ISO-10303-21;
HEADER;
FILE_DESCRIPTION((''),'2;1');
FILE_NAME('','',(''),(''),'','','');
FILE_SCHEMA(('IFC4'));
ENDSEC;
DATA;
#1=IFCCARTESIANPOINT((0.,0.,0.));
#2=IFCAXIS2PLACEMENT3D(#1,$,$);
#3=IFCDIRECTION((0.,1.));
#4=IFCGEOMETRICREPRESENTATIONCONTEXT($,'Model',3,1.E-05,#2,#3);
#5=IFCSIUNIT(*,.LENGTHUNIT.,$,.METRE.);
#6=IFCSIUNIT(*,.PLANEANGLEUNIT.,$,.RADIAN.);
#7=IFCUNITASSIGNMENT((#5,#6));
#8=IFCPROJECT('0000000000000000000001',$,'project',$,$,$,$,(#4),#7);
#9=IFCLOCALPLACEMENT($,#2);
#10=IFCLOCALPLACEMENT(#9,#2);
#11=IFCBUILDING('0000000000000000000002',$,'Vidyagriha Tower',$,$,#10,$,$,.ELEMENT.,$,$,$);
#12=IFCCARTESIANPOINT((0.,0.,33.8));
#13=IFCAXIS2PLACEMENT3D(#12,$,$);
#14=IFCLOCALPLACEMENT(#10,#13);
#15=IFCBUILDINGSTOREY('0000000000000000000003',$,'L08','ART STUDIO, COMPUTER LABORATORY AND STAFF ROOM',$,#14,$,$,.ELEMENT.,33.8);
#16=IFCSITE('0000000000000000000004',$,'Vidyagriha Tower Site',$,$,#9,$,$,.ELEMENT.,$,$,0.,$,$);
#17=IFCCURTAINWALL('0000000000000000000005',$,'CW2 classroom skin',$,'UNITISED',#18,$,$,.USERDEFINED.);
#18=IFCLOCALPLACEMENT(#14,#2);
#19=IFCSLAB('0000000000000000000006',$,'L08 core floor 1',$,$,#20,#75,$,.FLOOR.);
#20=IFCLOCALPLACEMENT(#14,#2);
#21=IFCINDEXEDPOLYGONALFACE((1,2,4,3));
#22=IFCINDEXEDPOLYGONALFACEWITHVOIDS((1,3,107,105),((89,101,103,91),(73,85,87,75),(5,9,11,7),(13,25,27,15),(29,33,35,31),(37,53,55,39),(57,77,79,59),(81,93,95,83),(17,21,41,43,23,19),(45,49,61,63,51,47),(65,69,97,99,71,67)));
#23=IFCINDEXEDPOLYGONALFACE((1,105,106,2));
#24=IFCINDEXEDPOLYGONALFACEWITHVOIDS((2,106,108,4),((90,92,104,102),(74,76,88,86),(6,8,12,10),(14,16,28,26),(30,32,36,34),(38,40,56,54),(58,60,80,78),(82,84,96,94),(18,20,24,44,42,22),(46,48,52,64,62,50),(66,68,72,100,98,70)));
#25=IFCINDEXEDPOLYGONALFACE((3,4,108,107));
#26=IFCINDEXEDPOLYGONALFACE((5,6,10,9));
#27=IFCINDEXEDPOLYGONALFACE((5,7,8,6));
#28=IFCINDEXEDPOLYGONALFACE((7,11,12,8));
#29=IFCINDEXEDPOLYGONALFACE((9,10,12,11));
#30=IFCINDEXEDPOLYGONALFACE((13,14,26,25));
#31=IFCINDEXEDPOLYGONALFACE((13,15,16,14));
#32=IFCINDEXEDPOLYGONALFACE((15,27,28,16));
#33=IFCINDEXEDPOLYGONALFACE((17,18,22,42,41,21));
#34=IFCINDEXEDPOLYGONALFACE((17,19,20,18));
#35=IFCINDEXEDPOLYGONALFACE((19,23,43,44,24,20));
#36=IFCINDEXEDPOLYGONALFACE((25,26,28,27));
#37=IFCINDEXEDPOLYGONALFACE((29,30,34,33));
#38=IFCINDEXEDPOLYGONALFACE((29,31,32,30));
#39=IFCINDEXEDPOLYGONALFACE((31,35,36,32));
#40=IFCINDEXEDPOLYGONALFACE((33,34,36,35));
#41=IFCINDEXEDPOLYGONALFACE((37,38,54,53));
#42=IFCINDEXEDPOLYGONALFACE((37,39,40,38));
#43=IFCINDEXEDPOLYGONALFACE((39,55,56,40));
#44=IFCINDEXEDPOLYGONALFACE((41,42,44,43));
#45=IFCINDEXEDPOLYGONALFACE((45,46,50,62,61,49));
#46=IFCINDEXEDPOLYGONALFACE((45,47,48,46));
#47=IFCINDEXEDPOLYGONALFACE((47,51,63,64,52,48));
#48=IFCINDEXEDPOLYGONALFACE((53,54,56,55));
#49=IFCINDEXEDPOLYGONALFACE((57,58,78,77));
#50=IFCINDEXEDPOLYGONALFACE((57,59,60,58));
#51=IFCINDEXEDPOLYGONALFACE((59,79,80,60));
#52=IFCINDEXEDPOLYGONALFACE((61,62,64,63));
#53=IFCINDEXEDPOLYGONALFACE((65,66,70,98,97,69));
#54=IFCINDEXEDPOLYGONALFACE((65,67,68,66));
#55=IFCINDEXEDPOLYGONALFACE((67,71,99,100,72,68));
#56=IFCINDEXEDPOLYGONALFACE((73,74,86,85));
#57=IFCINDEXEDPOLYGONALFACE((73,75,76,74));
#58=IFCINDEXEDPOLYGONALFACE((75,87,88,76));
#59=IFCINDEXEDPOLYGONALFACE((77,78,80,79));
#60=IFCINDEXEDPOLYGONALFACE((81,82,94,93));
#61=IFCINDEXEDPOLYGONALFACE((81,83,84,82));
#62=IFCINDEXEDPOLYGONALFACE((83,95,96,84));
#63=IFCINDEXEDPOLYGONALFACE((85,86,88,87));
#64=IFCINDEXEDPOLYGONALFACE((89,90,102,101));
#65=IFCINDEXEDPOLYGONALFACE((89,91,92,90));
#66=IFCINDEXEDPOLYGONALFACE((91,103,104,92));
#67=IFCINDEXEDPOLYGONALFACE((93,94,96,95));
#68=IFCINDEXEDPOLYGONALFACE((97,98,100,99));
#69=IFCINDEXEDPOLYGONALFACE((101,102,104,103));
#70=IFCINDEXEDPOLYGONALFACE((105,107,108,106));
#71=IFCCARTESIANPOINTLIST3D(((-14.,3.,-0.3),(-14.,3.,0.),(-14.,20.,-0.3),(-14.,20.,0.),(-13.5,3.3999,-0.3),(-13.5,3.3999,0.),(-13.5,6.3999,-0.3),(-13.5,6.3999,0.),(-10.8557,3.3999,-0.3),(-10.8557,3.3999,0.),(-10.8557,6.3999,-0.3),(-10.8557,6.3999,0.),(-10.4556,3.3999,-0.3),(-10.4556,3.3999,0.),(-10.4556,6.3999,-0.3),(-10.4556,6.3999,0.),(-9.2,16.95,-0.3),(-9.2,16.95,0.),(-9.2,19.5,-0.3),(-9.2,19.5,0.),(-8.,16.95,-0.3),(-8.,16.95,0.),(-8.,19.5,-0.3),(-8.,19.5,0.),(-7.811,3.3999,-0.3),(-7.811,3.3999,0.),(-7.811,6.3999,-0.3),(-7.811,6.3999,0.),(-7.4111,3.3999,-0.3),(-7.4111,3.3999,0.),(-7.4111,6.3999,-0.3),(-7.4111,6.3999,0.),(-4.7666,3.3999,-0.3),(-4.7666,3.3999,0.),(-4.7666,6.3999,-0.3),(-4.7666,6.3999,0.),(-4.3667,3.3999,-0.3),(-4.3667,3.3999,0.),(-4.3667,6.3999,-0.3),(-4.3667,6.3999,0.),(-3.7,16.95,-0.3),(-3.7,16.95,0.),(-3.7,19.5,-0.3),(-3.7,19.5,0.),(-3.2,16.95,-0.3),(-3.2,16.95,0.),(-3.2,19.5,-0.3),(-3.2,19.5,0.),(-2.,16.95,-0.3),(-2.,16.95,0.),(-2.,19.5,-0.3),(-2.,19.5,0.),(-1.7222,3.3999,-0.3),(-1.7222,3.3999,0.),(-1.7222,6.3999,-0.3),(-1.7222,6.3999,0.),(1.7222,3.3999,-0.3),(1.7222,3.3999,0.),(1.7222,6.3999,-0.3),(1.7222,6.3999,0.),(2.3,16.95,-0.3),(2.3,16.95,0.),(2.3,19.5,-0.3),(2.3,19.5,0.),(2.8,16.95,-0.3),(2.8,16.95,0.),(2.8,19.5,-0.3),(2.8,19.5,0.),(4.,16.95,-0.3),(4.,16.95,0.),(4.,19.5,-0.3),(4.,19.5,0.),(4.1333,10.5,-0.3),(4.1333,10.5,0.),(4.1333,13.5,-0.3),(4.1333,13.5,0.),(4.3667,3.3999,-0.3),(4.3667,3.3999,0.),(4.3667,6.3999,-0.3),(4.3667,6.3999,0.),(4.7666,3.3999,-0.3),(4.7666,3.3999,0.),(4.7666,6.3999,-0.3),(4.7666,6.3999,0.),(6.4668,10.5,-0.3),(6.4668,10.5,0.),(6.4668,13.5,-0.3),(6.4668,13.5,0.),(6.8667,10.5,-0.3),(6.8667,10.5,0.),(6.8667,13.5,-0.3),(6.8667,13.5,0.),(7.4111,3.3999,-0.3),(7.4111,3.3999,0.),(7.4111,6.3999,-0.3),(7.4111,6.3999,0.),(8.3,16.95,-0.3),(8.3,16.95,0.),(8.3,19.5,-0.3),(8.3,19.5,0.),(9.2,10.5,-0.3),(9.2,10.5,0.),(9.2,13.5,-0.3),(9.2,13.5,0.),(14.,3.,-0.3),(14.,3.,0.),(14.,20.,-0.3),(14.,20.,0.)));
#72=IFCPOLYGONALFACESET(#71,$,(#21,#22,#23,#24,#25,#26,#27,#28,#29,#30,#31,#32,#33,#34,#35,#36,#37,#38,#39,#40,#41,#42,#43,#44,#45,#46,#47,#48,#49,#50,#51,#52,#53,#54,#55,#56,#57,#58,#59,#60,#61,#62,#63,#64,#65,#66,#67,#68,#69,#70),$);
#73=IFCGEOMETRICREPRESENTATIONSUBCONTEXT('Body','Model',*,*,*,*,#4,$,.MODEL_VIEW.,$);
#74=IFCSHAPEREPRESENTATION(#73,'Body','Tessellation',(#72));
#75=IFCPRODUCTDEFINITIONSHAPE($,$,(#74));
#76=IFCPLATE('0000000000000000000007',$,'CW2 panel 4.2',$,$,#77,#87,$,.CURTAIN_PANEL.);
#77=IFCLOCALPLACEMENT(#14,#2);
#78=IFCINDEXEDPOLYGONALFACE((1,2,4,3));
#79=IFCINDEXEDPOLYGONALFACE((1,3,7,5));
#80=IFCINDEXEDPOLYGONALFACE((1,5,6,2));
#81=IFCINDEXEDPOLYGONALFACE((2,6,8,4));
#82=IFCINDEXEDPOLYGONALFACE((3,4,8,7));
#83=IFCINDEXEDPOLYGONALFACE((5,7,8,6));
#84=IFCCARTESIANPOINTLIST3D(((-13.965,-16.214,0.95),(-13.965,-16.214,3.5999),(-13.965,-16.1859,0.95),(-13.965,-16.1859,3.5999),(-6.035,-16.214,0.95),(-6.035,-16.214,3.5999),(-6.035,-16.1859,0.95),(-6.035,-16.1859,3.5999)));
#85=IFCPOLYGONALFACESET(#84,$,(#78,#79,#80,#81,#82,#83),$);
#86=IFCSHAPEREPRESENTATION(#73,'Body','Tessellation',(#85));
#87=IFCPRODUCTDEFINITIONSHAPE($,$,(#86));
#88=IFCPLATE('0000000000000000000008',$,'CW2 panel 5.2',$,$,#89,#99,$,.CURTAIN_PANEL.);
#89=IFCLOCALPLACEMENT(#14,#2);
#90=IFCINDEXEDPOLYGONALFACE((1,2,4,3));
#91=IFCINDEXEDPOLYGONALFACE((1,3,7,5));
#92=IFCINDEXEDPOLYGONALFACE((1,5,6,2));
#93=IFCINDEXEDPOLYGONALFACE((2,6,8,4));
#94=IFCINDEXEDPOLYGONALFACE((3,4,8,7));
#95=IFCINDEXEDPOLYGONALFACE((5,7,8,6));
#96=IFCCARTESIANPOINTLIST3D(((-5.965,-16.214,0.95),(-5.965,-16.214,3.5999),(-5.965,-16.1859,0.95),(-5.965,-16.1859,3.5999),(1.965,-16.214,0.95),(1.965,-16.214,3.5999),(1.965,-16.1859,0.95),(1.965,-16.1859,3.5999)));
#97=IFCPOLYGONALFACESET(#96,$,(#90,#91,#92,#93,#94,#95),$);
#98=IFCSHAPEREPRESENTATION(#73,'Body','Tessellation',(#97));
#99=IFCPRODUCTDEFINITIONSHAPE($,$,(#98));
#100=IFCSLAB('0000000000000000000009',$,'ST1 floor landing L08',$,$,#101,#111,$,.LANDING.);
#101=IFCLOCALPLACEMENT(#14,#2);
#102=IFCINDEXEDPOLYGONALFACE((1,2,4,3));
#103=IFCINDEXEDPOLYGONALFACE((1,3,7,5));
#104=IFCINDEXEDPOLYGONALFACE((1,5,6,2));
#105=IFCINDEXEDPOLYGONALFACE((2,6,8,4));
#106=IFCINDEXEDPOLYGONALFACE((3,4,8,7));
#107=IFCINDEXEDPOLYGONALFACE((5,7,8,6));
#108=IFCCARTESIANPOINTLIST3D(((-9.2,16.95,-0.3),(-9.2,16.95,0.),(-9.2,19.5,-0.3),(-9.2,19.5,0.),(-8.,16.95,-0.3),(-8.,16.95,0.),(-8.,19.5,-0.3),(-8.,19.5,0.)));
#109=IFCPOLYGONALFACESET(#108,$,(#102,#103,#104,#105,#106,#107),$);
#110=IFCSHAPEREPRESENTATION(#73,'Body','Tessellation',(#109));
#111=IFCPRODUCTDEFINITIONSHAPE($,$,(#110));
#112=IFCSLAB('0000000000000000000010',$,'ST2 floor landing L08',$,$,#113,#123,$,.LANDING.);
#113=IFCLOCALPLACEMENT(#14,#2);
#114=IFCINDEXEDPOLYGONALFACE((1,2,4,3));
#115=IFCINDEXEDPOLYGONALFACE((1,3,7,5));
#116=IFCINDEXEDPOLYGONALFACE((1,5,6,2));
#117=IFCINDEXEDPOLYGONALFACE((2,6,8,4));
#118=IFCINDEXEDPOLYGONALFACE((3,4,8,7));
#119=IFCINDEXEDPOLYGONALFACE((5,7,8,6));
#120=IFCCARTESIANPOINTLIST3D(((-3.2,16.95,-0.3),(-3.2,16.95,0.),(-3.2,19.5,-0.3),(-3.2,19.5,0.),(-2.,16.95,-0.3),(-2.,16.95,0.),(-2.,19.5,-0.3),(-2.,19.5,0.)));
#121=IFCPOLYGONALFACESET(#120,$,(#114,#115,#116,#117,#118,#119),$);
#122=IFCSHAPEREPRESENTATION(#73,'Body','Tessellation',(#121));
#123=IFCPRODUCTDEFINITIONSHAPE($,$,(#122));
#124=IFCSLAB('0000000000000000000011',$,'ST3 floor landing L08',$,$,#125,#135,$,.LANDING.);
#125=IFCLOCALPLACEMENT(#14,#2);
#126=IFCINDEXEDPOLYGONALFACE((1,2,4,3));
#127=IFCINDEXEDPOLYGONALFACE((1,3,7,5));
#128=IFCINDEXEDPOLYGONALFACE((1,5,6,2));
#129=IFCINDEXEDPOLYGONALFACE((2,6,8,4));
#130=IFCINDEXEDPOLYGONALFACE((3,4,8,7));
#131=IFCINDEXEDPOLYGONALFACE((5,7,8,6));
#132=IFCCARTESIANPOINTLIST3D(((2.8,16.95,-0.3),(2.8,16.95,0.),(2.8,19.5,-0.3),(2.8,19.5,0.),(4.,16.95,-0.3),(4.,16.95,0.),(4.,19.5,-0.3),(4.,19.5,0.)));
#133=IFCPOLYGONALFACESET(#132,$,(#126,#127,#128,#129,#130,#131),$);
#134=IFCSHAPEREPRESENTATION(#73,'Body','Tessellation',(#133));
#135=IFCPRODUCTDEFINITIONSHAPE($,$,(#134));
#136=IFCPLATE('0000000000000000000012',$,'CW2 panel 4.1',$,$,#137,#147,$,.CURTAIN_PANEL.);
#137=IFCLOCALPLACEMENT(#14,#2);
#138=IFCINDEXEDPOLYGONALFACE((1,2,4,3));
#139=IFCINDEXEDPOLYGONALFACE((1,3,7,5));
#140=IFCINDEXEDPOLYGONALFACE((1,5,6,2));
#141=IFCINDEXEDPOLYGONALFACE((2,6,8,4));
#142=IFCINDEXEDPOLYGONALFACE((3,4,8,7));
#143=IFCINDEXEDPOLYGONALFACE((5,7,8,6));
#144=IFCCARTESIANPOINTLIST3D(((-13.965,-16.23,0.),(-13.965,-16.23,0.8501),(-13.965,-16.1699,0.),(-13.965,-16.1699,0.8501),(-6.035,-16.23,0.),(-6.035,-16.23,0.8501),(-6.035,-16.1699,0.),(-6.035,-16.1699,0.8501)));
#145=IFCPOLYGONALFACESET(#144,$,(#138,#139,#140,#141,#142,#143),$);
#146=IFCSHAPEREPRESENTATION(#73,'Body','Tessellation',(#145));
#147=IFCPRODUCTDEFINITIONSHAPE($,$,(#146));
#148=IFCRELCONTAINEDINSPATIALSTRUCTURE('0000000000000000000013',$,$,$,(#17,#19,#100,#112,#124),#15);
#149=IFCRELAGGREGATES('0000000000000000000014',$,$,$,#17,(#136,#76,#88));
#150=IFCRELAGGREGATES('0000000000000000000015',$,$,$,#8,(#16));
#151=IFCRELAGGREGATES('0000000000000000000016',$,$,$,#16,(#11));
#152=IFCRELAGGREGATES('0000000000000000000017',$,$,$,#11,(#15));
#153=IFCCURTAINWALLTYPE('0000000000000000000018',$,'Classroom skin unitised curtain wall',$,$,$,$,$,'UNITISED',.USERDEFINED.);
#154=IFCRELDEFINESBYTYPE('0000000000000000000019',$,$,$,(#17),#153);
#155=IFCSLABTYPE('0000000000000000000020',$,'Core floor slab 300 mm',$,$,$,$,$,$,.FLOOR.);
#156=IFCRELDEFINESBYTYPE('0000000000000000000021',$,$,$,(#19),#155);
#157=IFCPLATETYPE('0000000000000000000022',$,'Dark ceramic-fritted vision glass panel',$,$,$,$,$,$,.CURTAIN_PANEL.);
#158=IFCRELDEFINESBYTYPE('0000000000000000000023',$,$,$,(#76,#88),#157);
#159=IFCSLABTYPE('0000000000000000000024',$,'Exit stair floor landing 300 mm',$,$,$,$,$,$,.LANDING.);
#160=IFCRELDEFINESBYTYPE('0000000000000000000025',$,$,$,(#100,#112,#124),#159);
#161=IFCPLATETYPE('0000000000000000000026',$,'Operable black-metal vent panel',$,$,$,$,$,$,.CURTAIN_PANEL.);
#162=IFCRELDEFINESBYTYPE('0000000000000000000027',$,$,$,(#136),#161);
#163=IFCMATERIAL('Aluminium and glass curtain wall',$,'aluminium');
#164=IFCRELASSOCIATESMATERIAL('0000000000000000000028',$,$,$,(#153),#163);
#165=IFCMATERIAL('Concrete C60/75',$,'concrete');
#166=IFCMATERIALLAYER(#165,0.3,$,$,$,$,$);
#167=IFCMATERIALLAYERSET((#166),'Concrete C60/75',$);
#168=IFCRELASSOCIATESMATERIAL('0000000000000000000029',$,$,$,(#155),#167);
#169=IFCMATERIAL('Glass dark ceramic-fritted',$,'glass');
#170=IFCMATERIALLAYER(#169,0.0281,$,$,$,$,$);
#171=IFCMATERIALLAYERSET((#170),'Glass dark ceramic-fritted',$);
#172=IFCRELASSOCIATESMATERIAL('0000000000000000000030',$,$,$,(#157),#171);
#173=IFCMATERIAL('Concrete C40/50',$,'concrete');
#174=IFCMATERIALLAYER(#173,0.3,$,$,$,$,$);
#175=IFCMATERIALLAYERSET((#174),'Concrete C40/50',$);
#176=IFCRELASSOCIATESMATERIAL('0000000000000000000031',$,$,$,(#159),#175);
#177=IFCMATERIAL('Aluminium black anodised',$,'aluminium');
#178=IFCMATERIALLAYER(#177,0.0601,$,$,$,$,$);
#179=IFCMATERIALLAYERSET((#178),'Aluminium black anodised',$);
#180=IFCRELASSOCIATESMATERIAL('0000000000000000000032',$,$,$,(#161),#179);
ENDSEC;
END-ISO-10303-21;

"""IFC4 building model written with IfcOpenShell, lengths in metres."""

from ifc_helpers import new_model, si_unit, direction, frame, origin, origin_2d, place, context, subcontext, project, spatial, polyline, rectangle, outline, extrude, material, layer, layer_set, type_object, element, aggregate, save


model = new_model("IFC4")

# Units and contexts
model_context = context("Model", 3, precision=1e-05, world=origin(), true_north=direction((0.0, 1.0)))
body_context = subcontext(model_context, "Body", "Model", "MODEL_VIEW")
ifc_project = project(units=[si_unit("LENGTHUNIT", "METRE"), si_unit("PLANEANGLEUNIT", "RADIAN")], contexts=[model_context])

# Site, building, storey
site_placement = place(None, origin())
site = spatial("IfcSite", under=ifc_project, at=site_placement, Name="Vidyagriha Tower Site", CompositionType="ELEMENT", RefElevation=0.0)
building_placement = place(site_placement, origin())
building = spatial("IfcBuilding", under=site, at=building_placement, Name="Vidyagriha Tower", CompositionType="ELEMENT")
storey_placement = place(building_placement, frame((0.0, 0.0, 33.8)))
storey = spatial("IfcBuildingStorey", under=building, at=storey_placement, Name="L08", Description="ART STUDIO, COMPUTER LABORATORY AND STAFF ROOM", CompositionType="ELEMENT", Elevation=33.8)

# Curtain wall
ifc_material_1 = material(Name="Aluminium and glass curtain wall", Category="aluminium")
curtain_wall_type = type_object("IfcCurtainWallType", Name="Classroom skin unitised curtain wall", ElementType="UNITISED", PredefinedType="USERDEFINED", material=ifc_material_1)
curtain_wall_placement = place(storey_placement, origin())
curtain_wall = element("IfcCurtainWall", 1, at=curtain_wall_placement, inside=storey, type_object=curtain_wall_type, Name="CW2 classroom skin", ObjectType="UNITISED", PredefinedType="USERDEFINED")

# Slab
ifc_material_2 = material(Name="Concrete C60/75", Category="concrete")
ifc_layer_1 = layer(ifc_material_2, 0.3)
ifc_layer_set_1 = layer_set([ifc_layer_1], Name="Concrete C60/75")
slab_type_1 = type_object("IfcSlabType", Name="Core floor slab 300 mm", PredefinedType="FLOOR", material=ifc_layer_set_1)
slab_1_placement = place(storey_placement, frame((0.0, 0.0, -0.3)))
element("IfcSlab", 2, at=slab_1_placement, inside=storey, type_object=slab_type_1, Name="L08 core floor 1", PredefinedType="FLOOR", context=body_context, shape_type="SweptSolid", body=[
    extrude(outline(polyline([(-14.0, 3.0), (-14.0, 20.0), (14.0, 20.0), (14.0, 3.0), (-14.0, 3.0)]), holes=[polyline([(9.2, 13.5), (6.8667, 13.5), (6.8667, 10.5), (9.2, 10.5), (9.2, 13.5)]), polyline([(4.0, 19.5), (2.8, 19.5), (2.8, 16.95), (4.0, 16.95), (8.3, 16.95), (8.3, 19.5), (4.0, 19.5)]), polyline([(7.4111, 6.3999), (4.7666, 6.3999), (4.7666, 3.3999), (7.4111, 3.3999), (7.4111, 6.3999)]), polyline([(6.4668, 13.5), (4.1333, 13.5), (4.1333, 10.5), (6.4668, 10.5), (6.4668, 13.5)]), polyline([(1.7222, 6.3999), (1.7222, 3.3999), (4.3667, 3.3999), (4.3667, 6.3999), (1.7222, 6.3999)]), polyline([(-2.0, 16.95), (2.3, 16.95), (2.3, 19.5), (-2.0, 19.5), (-3.2, 19.5), (-3.2, 16.95), (-2.0, 16.95)]), polyline([(-1.7222, 6.3999), (-4.3667, 6.3999), (-4.3667, 3.3999), (-1.7222, 3.3999), (-1.7222, 6.3999)]), polyline([(-8.0, 19.5), (-9.2, 19.5), (-9.2, 16.95), (-8.0, 16.95), (-3.7, 16.95), (-3.7, 19.5), (-8.0, 19.5)]), polyline([(-4.7666, 6.3999), (-7.4111, 6.3999), (-7.4111, 3.3999), (-4.7666, 3.3999), (-4.7666, 6.3999)]), polyline([(-7.811, 6.3999), (-10.4556, 6.3999), (-10.4556, 3.3999), (-7.811, 3.3999), (-7.811, 6.3999)]), polyline([(-13.5, 6.3999), (-13.5, 3.3999), (-10.8557, 3.3999), (-10.8557, 6.3999), (-13.5, 6.3999)])]), origin(), (0.0, 0.0, 1.0), 0.3),
])

# Plates
ifc_material_3 = material(Name="Glass dark ceramic-fritted", Category="glass")
ifc_layer_2 = layer(ifc_material_3, 0.0281)
ifc_layer_set_2 = layer_set([ifc_layer_2], Name="Glass dark ceramic-fritted")
plate_type_1 = type_object("IfcPlateType", Name="Dark ceramic-fritted vision glass panel", PredefinedType="CURTAIN_PANEL", material=ifc_layer_set_2)
plate_1_placement = place(storey_placement, frame((-10.0, -16.2, 0.95)))
plate_1 = element("IfcPlate", 3, at=plate_1_placement, type_object=plate_type_1, Name="CW2 panel 4.2", PredefinedType="CURTAIN_PANEL", context=body_context, shape_type="SweptSolid", body=[
    extrude(rectangle(XDim=7.9299, YDim=0.0281, at=origin_2d()), origin(), (0.0, 0.0, 1.0), 2.6499),
])
plate_2_placement = place(storey_placement, frame((-2.0, -16.2, 0.95)))
plate_2 = element("IfcPlate", 4, at=plate_2_placement, type_object=plate_type_1, Name="CW2 panel 5.2", PredefinedType="CURTAIN_PANEL", context=body_context, shape_type="SweptSolid", body=[
    extrude(rectangle(XDim=7.9299, YDim=0.0281, at=origin_2d()), origin(), (0.0, 0.0, 1.0), 2.6499),
])

# Slabs
ifc_material_4 = material(Name="Concrete C40/50", Category="concrete")
ifc_layer_3 = layer(ifc_material_4, 0.3)
ifc_layer_set_3 = layer_set([ifc_layer_3], Name="Concrete C40/50")
slab_type_2 = type_object("IfcSlabType", Name="Exit stair floor landing 300 mm", PredefinedType="LANDING", material=ifc_layer_set_3)
slab_2_placement = place(storey_placement, frame((0.0, 0.0, -0.3)))
element("IfcSlab", 5, at=slab_2_placement, inside=storey, type_object=slab_type_2, Name="ST1 floor landing L08", PredefinedType="LANDING", context=body_context, shape_type="SweptSolid", body=[
    extrude(outline(polyline([(-9.2, 16.95), (-8.0, 16.95), (-8.0, 19.5), (-9.2, 19.5), (-9.2, 16.95)])), origin(), (0.0, 0.0, 1.0), 0.3),
])
slab_3_placement = place(storey_placement, frame((0.0, 0.0, -0.3)))
element("IfcSlab", 6, at=slab_3_placement, inside=storey, type_object=slab_type_2, Name="ST2 floor landing L08", PredefinedType="LANDING", context=body_context, shape_type="SweptSolid", body=[
    extrude(outline(polyline([(-3.2, 16.95), (-2.0, 16.95), (-2.0, 19.5), (-3.2, 19.5), (-3.2, 16.95)])), origin(), (0.0, 0.0, 1.0), 0.3),
])
slab_4_placement = place(storey_placement, frame((0.0, 0.0, -0.3)))
element("IfcSlab", 7, at=slab_4_placement, inside=storey, type_object=slab_type_2, Name="ST3 floor landing L08", PredefinedType="LANDING", context=body_context, shape_type="SweptSolid", body=[
    extrude(outline(polyline([(2.8, 16.95), (4.0, 16.95), (4.0, 19.5), (2.8, 19.5), (2.8, 16.95)])), origin(), (0.0, 0.0, 1.0), 0.3),
])

# Plate
ifc_material_5 = material(Name="Aluminium black anodised", Category="aluminium")
ifc_layer_4 = layer(ifc_material_5, 0.0601)
ifc_layer_set_4 = layer_set([ifc_layer_4], Name="Aluminium black anodised")
plate_type_2 = type_object("IfcPlateType", Name="Operable black-metal vent panel", PredefinedType="CURTAIN_PANEL", material=ifc_layer_set_4)
plate_3_placement = place(storey_placement, frame((-10.0, -16.2, 0.0)))
plate_3 = element("IfcPlate", 8, at=plate_3_placement, type_object=plate_type_2, Name="CW2 panel 4.1", PredefinedType="CURTAIN_PANEL", context=body_context, shape_type="SweptSolid", body=[
    extrude(rectangle(XDim=7.9299, YDim=0.0601, at=origin_2d()), origin(), (0.0, 0.0, 1.0), 0.8501),
])
aggregate(curtain_wall, [plate_3, plate_1, plate_2])

save(model, "model.ifc")
